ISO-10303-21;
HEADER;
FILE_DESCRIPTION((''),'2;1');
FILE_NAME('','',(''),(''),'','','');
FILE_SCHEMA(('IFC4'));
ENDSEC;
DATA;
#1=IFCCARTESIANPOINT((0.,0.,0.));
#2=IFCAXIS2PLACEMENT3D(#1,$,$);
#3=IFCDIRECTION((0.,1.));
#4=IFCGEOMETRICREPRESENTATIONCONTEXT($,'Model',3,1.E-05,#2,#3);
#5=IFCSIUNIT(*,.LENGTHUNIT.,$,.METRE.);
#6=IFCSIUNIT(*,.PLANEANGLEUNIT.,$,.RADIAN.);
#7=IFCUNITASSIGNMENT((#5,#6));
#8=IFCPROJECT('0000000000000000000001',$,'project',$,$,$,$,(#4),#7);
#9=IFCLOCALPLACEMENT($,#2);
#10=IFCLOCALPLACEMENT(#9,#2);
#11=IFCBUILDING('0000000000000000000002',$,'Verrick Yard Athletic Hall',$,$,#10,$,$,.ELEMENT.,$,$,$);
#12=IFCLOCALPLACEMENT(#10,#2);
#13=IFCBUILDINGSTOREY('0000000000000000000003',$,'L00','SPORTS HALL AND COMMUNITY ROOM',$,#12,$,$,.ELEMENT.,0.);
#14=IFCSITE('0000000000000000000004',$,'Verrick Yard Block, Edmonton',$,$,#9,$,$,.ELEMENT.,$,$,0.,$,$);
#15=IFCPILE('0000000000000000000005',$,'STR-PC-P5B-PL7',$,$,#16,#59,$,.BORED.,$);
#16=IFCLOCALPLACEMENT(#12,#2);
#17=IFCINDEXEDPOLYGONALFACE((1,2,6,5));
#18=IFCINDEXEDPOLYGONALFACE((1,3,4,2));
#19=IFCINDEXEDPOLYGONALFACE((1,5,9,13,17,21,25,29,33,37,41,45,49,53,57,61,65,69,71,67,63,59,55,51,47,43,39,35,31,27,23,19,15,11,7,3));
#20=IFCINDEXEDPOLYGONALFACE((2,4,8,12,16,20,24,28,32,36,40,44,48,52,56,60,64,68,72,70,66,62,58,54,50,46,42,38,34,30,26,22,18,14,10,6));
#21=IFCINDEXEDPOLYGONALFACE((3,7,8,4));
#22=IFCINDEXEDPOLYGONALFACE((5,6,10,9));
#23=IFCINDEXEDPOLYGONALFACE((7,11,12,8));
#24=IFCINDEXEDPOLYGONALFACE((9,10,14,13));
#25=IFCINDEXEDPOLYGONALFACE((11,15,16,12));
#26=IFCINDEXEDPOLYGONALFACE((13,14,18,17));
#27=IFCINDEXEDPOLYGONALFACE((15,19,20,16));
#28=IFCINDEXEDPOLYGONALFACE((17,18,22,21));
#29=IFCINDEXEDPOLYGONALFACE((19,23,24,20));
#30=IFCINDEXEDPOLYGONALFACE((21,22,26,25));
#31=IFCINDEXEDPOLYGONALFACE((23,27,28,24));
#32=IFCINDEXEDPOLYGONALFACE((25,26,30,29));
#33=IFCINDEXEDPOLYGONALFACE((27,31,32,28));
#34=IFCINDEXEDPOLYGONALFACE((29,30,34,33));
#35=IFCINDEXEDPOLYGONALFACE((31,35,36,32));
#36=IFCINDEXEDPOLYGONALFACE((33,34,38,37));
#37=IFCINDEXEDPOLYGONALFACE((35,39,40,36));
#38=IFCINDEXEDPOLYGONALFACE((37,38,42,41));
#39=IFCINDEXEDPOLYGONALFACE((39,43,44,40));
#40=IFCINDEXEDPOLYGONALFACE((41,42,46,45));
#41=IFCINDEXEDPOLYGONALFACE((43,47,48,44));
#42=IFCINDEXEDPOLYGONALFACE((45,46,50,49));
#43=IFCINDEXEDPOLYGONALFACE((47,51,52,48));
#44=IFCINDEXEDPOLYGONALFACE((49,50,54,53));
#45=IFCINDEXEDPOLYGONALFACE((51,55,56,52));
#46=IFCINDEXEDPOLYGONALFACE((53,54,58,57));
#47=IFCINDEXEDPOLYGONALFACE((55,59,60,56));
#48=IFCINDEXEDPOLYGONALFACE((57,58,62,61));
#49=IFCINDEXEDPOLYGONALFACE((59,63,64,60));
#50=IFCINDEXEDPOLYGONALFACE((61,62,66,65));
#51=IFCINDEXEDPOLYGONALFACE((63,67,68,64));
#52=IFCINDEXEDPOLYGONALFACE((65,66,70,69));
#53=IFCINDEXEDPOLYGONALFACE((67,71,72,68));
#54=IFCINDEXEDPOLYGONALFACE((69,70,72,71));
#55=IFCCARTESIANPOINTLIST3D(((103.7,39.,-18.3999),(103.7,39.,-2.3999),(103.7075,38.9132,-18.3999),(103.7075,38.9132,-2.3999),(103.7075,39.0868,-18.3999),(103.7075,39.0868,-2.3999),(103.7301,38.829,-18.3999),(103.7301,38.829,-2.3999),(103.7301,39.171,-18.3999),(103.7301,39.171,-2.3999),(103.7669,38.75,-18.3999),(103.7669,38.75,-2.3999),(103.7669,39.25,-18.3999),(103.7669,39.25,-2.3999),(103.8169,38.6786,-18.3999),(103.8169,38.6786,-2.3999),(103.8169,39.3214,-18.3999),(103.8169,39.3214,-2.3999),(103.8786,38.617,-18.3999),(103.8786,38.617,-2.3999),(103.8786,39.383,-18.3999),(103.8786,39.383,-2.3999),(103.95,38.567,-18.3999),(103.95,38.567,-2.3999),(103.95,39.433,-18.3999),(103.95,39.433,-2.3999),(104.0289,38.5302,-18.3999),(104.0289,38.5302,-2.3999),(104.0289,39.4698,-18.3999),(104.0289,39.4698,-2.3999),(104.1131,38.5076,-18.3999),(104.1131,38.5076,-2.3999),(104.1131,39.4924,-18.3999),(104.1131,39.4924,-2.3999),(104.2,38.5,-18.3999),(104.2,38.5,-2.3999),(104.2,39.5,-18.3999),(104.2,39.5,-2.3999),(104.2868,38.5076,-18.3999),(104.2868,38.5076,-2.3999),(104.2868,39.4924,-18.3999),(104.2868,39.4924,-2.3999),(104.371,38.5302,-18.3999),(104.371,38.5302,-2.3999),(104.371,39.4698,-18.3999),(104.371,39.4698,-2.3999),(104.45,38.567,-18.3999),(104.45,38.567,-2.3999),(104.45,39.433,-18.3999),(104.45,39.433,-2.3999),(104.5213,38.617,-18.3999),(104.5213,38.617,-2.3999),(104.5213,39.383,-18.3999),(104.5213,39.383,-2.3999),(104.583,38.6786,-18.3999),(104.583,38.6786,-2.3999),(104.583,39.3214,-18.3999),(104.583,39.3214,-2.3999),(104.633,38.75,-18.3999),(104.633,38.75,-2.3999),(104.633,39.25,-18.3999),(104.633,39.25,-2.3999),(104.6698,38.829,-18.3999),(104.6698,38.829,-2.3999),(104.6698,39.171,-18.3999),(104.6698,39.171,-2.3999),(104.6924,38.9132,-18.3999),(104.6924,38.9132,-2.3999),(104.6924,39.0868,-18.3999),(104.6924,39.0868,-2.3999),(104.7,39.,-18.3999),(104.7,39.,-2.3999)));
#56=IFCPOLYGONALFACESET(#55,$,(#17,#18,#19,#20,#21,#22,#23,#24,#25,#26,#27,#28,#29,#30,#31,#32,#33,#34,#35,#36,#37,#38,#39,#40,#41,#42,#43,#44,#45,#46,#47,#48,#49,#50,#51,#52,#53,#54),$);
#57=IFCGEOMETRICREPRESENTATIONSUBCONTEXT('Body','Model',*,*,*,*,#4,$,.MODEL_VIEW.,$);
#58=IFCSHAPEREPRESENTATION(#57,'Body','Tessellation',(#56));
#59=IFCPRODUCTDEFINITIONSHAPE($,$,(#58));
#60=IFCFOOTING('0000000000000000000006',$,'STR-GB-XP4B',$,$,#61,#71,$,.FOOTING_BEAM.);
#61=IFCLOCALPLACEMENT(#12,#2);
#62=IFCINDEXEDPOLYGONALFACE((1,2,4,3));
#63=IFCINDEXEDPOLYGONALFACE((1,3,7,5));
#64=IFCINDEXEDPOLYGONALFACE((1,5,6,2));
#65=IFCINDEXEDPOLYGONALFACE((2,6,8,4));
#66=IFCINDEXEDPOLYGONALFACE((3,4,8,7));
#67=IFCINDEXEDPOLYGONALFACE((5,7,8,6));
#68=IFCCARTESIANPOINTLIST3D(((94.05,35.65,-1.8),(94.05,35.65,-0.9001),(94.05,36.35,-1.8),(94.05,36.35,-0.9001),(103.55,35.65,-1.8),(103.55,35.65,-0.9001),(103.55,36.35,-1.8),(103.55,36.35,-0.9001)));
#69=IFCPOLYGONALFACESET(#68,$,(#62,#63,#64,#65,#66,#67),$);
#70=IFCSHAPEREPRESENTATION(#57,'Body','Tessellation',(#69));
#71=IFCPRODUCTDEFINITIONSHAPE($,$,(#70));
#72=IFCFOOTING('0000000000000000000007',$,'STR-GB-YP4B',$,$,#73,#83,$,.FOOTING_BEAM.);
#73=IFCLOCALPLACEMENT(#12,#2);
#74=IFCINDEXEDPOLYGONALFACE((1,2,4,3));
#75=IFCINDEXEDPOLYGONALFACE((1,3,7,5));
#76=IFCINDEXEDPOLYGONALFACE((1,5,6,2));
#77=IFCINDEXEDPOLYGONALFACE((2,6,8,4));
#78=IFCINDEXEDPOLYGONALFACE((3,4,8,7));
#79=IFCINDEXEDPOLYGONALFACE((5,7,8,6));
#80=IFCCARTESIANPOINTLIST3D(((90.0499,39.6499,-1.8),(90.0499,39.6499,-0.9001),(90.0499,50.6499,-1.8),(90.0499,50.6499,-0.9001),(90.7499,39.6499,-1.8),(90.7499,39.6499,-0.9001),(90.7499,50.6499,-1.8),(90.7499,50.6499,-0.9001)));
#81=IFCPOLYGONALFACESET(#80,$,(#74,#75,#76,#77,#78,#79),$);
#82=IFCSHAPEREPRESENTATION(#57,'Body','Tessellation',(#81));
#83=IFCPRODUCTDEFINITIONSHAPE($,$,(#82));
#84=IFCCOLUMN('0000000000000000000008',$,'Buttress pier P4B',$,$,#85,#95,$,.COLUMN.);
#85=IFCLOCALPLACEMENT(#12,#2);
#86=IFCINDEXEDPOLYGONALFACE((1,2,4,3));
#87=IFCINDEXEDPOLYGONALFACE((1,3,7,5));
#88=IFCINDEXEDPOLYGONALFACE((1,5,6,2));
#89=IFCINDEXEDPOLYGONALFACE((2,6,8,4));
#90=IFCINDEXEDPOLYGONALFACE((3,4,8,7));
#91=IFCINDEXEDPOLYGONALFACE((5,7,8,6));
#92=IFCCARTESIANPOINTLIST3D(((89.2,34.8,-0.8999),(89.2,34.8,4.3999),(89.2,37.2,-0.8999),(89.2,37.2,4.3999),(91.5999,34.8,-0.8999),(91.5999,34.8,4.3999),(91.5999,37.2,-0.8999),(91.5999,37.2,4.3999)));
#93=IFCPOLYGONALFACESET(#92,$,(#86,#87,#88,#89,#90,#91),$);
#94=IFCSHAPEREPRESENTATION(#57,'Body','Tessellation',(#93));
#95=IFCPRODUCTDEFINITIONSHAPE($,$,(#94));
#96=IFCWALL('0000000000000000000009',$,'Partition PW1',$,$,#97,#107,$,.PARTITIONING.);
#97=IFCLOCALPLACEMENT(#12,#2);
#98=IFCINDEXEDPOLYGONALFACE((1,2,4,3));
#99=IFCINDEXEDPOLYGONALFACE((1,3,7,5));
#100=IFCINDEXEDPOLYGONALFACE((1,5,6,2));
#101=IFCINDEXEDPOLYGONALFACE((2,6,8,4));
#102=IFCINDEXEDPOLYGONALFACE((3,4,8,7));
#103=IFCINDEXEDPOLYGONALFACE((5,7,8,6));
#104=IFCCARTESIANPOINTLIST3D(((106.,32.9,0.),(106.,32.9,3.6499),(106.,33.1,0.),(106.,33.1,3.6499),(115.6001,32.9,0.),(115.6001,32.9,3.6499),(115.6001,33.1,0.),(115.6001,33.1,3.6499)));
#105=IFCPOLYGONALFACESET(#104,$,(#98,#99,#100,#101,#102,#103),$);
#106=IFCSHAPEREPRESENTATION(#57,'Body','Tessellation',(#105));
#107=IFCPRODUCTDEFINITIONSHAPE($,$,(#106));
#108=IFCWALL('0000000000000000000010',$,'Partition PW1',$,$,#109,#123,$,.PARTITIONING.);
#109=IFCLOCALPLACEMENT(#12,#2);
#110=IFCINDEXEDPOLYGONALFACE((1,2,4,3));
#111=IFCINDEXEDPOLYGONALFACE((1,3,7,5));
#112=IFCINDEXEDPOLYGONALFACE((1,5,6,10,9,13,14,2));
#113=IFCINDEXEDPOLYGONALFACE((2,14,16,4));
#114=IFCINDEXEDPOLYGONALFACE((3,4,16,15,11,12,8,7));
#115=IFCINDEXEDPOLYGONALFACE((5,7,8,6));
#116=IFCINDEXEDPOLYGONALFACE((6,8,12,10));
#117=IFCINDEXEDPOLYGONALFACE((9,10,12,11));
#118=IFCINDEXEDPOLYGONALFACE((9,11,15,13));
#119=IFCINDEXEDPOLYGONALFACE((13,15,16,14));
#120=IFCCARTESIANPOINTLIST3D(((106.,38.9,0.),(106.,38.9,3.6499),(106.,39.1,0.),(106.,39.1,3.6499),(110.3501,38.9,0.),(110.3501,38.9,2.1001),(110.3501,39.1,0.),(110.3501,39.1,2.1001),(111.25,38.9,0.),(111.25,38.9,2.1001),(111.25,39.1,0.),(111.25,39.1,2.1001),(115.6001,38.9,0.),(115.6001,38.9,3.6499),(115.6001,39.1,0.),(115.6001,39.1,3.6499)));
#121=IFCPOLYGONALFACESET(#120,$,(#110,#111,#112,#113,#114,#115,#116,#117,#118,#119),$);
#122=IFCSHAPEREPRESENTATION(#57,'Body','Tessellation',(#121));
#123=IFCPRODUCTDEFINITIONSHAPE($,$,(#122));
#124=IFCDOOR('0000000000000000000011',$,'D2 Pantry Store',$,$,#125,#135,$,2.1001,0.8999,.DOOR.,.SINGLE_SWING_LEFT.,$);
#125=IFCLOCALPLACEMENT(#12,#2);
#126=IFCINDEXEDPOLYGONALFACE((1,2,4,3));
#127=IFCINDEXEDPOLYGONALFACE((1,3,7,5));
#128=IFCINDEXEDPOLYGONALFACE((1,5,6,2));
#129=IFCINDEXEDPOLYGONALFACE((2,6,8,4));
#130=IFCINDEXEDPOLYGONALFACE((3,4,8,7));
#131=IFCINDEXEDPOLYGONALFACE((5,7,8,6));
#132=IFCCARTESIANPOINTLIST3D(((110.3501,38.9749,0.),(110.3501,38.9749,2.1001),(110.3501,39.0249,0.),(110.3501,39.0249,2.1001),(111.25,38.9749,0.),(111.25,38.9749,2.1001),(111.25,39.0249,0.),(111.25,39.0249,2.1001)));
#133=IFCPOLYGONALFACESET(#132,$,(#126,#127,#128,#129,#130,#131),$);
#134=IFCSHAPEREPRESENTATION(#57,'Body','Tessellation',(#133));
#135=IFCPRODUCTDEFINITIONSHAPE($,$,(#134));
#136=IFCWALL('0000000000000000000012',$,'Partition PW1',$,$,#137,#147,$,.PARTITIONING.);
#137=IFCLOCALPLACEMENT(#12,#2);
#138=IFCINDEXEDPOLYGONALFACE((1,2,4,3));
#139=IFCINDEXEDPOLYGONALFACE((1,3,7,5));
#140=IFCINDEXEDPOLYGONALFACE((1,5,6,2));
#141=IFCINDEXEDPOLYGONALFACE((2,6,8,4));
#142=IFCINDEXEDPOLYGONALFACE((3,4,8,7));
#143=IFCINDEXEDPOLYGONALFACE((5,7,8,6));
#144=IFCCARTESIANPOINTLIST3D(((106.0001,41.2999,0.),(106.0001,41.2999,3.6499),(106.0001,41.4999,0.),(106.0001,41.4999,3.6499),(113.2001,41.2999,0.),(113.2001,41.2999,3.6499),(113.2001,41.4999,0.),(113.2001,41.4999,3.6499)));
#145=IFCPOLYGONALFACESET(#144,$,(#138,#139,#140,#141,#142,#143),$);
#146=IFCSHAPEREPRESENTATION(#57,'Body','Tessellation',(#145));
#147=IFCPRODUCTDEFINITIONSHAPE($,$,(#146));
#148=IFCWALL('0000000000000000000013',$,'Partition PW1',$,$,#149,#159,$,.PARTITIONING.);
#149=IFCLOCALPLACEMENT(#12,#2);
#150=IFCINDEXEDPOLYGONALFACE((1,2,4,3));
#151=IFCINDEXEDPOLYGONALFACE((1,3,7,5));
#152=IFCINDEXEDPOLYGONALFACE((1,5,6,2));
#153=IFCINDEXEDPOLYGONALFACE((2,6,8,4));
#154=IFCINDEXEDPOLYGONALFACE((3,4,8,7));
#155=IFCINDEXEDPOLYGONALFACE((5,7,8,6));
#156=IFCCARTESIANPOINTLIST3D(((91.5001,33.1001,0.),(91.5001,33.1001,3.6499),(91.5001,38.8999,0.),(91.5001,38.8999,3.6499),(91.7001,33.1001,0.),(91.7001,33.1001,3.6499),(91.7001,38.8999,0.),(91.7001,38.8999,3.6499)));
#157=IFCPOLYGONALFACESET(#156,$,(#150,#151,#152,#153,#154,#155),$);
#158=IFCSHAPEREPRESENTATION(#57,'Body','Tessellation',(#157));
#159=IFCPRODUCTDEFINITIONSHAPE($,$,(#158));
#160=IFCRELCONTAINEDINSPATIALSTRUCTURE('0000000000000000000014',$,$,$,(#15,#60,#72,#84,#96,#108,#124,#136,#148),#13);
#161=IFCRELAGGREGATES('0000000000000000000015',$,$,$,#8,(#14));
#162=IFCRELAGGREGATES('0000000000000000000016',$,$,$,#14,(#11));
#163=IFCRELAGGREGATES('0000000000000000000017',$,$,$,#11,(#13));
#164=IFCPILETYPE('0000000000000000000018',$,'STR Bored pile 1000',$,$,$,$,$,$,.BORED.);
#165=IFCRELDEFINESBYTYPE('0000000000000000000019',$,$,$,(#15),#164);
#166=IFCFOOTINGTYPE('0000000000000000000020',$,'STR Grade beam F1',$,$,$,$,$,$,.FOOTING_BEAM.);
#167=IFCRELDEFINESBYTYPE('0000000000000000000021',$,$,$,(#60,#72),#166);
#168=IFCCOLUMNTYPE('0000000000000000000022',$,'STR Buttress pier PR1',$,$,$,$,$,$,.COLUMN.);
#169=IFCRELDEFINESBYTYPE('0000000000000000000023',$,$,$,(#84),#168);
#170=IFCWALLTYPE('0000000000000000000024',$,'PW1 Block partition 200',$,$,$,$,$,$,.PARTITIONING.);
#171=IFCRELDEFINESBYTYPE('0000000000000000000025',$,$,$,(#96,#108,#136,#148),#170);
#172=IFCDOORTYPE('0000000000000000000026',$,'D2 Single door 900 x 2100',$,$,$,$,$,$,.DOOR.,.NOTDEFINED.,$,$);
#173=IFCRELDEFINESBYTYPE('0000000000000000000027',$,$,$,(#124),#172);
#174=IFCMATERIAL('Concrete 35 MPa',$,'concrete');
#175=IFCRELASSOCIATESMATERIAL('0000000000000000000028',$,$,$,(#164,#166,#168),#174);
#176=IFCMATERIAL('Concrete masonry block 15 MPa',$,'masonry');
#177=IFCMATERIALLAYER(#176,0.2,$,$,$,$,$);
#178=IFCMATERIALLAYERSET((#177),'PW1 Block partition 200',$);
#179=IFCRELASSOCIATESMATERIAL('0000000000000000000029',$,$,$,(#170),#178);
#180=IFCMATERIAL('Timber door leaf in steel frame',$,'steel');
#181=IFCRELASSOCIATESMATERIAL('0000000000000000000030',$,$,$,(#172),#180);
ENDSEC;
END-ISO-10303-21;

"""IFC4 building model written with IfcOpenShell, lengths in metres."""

from ifc_helpers import new_model, si_unit, direction, frame, frame_2d, origin, origin_2d, place, context, subcontext, project, spatial, rectangle, circle, extrude, material, layer, layer_set, material_profile, profile_set, type_object, element, fill, save


model = new_model("IFC4")

# Units and contexts
model_context = context("Model", 3, precision=1e-05, world=origin(), true_north=direction((0.0, 1.0)))
body_context = subcontext(model_context, "Body", "Model", "MODEL_VIEW")
ifc_project = project(units=[si_unit("LENGTHUNIT", "METRE"), si_unit("PLANEANGLEUNIT", "RADIAN")], contexts=[model_context])

# Site, building, storey
site_placement = place(None, origin())
site = spatial("IfcSite", under=ifc_project, at=site_placement, Name="Verrick Yard Block, Edmonton", CompositionType="ELEMENT", RefElevation=0.0)
building_placement = place(site_placement, origin())
building = spatial("IfcBuilding", under=site, at=building_placement, Name="Verrick Yard Athletic Hall", CompositionType="ELEMENT")
storey_placement = place(building_placement, origin())
storey = spatial("IfcBuildingStorey", under=building, at=storey_placement, Name="L00", Description="SPORTS HALL AND COMMUNITY ROOM", CompositionType="ELEMENT", Elevation=0.0)

# Pile
ifc_material_1 = material(Name="Concrete 35 MPa", Category="concrete")
pile_type = type_object("IfcPileType", Name="STR Bored pile 1000", PredefinedType="BORED", material=ifc_material_1)
for number, where, z_axis, x_axis, name in (
    (1, (104.2, 39.0, -2.3999), (0.0, 0.0, -1.0), (1.0, 0.0, 0.0), "STR-PC-P5B-PL7"),
):
    element("IfcPile", number, at=place(storey_placement, frame(where, z_axis=z_axis, x_axis=x_axis)), inside=storey, type_object=pile_type, Name=name, PredefinedType="BORED", context=body_context, shape_type="SweptSolid", body=[
        extrude(circle(Radius=0.5, at=origin_2d()), origin(), (0.0, 0.0, 1.0), 16.0),
    ])

# Footings
ifc_material_profile_1 = material_profile(ifc_material_1, rectangle(XDim=0.7, YDim=0.8999, at=origin_2d()), Name="STR Grade beam F1")
ifc_profile_set_1 = profile_set([ifc_material_profile_1], Name="Concrete 35 MPa")
footing_type = type_object("IfcFootingType", Name="STR Grade beam F1", PredefinedType="FOOTING_BEAM", material=ifc_profile_set_1)
footing_1_placement = place(storey_placement, frame((94.05, 36.0, -1.3501), z_axis=(1.0, 0.0, 0.0), x_axis=(0.0, 1.0, 0.0)))
element("IfcFooting", 2, at=footing_1_placement, inside=storey, type_object=footing_type, Name="STR-GB-XP4B", PredefinedType="FOOTING_BEAM", context=body_context, shape_type="SweptSolid", body=[
    extrude(rectangle(XDim=0.7, YDim=0.8999, at=origin_2d()), origin(), (0.0, 0.0, 1.0), 9.5),
])
footing_2_placement = place(storey_placement, frame((90.3999, 39.6499, -1.3501), z_axis=(0.0, 1.0, 0.0), x_axis=(-1.0, 0.0, 0.0)))
element("IfcFooting", 3, at=footing_2_placement, inside=storey, type_object=footing_type, Name="STR-GB-YP4B", PredefinedType="FOOTING_BEAM", context=body_context, shape_type="SweptSolid", body=[
    extrude(rectangle(XDim=0.7, YDim=0.8999, at=origin_2d()), origin(), (0.0, 0.0, 1.0), 11.0),
])

# Column
ifc_material_profile_2 = material_profile(ifc_material_1, rectangle(XDim=2.3999, YDim=2.3999, at=origin_2d()), Name="STR Buttress pier PR1")
ifc_profile_set_2 = profile_set([ifc_material_profile_2], Name="Concrete 35 MPa")
column_type = type_object("IfcColumnType", Name="STR Buttress pier PR1", PredefinedType="COLUMN", material=ifc_profile_set_2)
column_placement = place(storey_placement, frame((90.3999, 36.0, -0.8999), z_axis=(0.0, 0.0, 1.0), x_axis=(1.0, 0.0, 0.0)))
element("IfcColumn", 4, at=column_placement, inside=storey, type_object=column_type, Name="Buttress pier P4B", PredefinedType="COLUMN", context=body_context, shape_type="SweptSolid", body=[
    extrude(rectangle(XDim=2.3999, YDim=2.3999, at=origin_2d()), origin(), (0.0, 0.0, 1.0), 5.2998),
])

# Wall
ifc_material_2 = material(Name="Concrete masonry block 15 MPa", Category="masonry")
ifc_layer_1 = layer(ifc_material_2, 0.2)
ifc_layer_set_1 = layer_set([ifc_layer_1], Name="PW1 Block partition 200")
wall_type_1 = type_object("IfcWallType", Name="PW1 Block partition 200", PredefinedType="PARTITIONING", material=ifc_layer_set_1)
wall_1_placement = place(storey_placement, frame((106.0, 33.0, 0.0), z_axis=(0.0, 0.0, 1.0), x_axis=(1.0, 0.0, 0.0)))
element("IfcWall", 5, at=wall_1_placement, inside=storey, type_object=wall_type_1, Name="Partition PW1", PredefinedType="PARTITIONING", context=body_context, shape_type="SweptSolid", body=[
    extrude(rectangle(XDim=9.6001, YDim=0.2, at=frame_2d((4.8, 0.0))), origin(), (0.0, 0.0, 1.0), 3.6499),
])

# Wall, opening, door
wall_2_placement = place(storey_placement, frame((106.0, 39.0, 0.0), z_axis=(0.0, 0.0, 1.0), x_axis=(1.0, 0.0, 0.0)))
wall_2 = element("IfcWall", 6, at=wall_2_placement, inside=storey, type_object=wall_type_1, Name="Partition PW1", PredefinedType="PARTITIONING", context=body_context, shape_type="SweptSolid", body=[
    extrude(rectangle(XDim=9.6001, YDim=0.2, at=frame_2d((4.8, 0.0))), origin(), (0.0, 0.0, 1.0), 3.6499),
])
opening_1_placement = place(wall_2_placement, frame((4.3501, 0.0, 0.0)))
opening_1 = element("IfcOpeningElement", 7, at=opening_1_placement, cuts=wall_2, PredefinedType="OPENING", context=body_context, shape_type="SweptSolid", body=[
    extrude(rectangle(XDim=0.8999, YDim=2.1001, at=frame_2d((0.45, 1.05))), frame((0.0, 0.1099, 0.0), z_axis=(0.0, -1.0, 0.0), x_axis=(1.0, 0.0, 0.0)), (0.0, 0.0, 1.0), 0.22),
])
ifc_material_3 = material(Name="Timber door leaf in steel frame", Category="steel")
door_type_1 = type_object("IfcDoorType", Name="D2 Single door 900 x 2100", OperationType="NOTDEFINED", PredefinedType="DOOR", material=ifc_material_3)
door_1_placement = place(opening_1_placement, origin())
door_1 = element("IfcDoor", 8, at=door_1_placement, inside=storey, type_object=door_type_1, Name="D2 Pantry Store", OperationType="SINGLE_SWING_LEFT", OverallHeight=2.1001, OverallWidth=0.8999, PredefinedType="DOOR", context=body_context, shape_type="SweptSolid", body=[
    extrude(rectangle(XDim=0.8999, YDim=2.1001, at=frame_2d((0.45, 1.05))), frame((0.0, 0.0249, 0.0), z_axis=(0.0, -1.0, 0.0), x_axis=(1.0, 0.0, 0.0)), (0.0, 0.0, 1.0), 0.05),
])
fill(opening_1, door_1)

# Walls
wall_3_placement = place(storey_placement, frame((106.0, 41.3999, 0.0), z_axis=(0.0, 0.0, 1.0), x_axis=(1.0, 0.0, 0.0)))
element("IfcWall", 9, at=wall_3_placement, inside=storey, type_object=wall_type_1, Name="Partition PW1", PredefinedType="PARTITIONING", context=body_context, shape_type="SweptSolid", body=[
    extrude(rectangle(XDim=7.2, YDim=0.2, at=frame_2d((3.6001, 0.0))), origin(), (0.0, 0.0, 1.0), 3.6499),
])
wall_4_placement = place(storey_placement, frame((91.6001, 33.1001, 0.0), z_axis=(0.0, 0.0, 1.0), x_axis=(0.0, 1.0, 0.0)))
element("IfcWall", 10, at=wall_4_placement, inside=storey, type_object=wall_type_1, Name="Partition PW1", PredefinedType="PARTITIONING", context=body_context, shape_type="SweptSolid", body=[
    extrude(rectangle(XDim=5.7998, YDim=0.2, at=frame_2d((2.8999, 0.0))), origin(), (0.0, 0.0, 1.0), 3.6499),
])

save(model, "model.ifc")
